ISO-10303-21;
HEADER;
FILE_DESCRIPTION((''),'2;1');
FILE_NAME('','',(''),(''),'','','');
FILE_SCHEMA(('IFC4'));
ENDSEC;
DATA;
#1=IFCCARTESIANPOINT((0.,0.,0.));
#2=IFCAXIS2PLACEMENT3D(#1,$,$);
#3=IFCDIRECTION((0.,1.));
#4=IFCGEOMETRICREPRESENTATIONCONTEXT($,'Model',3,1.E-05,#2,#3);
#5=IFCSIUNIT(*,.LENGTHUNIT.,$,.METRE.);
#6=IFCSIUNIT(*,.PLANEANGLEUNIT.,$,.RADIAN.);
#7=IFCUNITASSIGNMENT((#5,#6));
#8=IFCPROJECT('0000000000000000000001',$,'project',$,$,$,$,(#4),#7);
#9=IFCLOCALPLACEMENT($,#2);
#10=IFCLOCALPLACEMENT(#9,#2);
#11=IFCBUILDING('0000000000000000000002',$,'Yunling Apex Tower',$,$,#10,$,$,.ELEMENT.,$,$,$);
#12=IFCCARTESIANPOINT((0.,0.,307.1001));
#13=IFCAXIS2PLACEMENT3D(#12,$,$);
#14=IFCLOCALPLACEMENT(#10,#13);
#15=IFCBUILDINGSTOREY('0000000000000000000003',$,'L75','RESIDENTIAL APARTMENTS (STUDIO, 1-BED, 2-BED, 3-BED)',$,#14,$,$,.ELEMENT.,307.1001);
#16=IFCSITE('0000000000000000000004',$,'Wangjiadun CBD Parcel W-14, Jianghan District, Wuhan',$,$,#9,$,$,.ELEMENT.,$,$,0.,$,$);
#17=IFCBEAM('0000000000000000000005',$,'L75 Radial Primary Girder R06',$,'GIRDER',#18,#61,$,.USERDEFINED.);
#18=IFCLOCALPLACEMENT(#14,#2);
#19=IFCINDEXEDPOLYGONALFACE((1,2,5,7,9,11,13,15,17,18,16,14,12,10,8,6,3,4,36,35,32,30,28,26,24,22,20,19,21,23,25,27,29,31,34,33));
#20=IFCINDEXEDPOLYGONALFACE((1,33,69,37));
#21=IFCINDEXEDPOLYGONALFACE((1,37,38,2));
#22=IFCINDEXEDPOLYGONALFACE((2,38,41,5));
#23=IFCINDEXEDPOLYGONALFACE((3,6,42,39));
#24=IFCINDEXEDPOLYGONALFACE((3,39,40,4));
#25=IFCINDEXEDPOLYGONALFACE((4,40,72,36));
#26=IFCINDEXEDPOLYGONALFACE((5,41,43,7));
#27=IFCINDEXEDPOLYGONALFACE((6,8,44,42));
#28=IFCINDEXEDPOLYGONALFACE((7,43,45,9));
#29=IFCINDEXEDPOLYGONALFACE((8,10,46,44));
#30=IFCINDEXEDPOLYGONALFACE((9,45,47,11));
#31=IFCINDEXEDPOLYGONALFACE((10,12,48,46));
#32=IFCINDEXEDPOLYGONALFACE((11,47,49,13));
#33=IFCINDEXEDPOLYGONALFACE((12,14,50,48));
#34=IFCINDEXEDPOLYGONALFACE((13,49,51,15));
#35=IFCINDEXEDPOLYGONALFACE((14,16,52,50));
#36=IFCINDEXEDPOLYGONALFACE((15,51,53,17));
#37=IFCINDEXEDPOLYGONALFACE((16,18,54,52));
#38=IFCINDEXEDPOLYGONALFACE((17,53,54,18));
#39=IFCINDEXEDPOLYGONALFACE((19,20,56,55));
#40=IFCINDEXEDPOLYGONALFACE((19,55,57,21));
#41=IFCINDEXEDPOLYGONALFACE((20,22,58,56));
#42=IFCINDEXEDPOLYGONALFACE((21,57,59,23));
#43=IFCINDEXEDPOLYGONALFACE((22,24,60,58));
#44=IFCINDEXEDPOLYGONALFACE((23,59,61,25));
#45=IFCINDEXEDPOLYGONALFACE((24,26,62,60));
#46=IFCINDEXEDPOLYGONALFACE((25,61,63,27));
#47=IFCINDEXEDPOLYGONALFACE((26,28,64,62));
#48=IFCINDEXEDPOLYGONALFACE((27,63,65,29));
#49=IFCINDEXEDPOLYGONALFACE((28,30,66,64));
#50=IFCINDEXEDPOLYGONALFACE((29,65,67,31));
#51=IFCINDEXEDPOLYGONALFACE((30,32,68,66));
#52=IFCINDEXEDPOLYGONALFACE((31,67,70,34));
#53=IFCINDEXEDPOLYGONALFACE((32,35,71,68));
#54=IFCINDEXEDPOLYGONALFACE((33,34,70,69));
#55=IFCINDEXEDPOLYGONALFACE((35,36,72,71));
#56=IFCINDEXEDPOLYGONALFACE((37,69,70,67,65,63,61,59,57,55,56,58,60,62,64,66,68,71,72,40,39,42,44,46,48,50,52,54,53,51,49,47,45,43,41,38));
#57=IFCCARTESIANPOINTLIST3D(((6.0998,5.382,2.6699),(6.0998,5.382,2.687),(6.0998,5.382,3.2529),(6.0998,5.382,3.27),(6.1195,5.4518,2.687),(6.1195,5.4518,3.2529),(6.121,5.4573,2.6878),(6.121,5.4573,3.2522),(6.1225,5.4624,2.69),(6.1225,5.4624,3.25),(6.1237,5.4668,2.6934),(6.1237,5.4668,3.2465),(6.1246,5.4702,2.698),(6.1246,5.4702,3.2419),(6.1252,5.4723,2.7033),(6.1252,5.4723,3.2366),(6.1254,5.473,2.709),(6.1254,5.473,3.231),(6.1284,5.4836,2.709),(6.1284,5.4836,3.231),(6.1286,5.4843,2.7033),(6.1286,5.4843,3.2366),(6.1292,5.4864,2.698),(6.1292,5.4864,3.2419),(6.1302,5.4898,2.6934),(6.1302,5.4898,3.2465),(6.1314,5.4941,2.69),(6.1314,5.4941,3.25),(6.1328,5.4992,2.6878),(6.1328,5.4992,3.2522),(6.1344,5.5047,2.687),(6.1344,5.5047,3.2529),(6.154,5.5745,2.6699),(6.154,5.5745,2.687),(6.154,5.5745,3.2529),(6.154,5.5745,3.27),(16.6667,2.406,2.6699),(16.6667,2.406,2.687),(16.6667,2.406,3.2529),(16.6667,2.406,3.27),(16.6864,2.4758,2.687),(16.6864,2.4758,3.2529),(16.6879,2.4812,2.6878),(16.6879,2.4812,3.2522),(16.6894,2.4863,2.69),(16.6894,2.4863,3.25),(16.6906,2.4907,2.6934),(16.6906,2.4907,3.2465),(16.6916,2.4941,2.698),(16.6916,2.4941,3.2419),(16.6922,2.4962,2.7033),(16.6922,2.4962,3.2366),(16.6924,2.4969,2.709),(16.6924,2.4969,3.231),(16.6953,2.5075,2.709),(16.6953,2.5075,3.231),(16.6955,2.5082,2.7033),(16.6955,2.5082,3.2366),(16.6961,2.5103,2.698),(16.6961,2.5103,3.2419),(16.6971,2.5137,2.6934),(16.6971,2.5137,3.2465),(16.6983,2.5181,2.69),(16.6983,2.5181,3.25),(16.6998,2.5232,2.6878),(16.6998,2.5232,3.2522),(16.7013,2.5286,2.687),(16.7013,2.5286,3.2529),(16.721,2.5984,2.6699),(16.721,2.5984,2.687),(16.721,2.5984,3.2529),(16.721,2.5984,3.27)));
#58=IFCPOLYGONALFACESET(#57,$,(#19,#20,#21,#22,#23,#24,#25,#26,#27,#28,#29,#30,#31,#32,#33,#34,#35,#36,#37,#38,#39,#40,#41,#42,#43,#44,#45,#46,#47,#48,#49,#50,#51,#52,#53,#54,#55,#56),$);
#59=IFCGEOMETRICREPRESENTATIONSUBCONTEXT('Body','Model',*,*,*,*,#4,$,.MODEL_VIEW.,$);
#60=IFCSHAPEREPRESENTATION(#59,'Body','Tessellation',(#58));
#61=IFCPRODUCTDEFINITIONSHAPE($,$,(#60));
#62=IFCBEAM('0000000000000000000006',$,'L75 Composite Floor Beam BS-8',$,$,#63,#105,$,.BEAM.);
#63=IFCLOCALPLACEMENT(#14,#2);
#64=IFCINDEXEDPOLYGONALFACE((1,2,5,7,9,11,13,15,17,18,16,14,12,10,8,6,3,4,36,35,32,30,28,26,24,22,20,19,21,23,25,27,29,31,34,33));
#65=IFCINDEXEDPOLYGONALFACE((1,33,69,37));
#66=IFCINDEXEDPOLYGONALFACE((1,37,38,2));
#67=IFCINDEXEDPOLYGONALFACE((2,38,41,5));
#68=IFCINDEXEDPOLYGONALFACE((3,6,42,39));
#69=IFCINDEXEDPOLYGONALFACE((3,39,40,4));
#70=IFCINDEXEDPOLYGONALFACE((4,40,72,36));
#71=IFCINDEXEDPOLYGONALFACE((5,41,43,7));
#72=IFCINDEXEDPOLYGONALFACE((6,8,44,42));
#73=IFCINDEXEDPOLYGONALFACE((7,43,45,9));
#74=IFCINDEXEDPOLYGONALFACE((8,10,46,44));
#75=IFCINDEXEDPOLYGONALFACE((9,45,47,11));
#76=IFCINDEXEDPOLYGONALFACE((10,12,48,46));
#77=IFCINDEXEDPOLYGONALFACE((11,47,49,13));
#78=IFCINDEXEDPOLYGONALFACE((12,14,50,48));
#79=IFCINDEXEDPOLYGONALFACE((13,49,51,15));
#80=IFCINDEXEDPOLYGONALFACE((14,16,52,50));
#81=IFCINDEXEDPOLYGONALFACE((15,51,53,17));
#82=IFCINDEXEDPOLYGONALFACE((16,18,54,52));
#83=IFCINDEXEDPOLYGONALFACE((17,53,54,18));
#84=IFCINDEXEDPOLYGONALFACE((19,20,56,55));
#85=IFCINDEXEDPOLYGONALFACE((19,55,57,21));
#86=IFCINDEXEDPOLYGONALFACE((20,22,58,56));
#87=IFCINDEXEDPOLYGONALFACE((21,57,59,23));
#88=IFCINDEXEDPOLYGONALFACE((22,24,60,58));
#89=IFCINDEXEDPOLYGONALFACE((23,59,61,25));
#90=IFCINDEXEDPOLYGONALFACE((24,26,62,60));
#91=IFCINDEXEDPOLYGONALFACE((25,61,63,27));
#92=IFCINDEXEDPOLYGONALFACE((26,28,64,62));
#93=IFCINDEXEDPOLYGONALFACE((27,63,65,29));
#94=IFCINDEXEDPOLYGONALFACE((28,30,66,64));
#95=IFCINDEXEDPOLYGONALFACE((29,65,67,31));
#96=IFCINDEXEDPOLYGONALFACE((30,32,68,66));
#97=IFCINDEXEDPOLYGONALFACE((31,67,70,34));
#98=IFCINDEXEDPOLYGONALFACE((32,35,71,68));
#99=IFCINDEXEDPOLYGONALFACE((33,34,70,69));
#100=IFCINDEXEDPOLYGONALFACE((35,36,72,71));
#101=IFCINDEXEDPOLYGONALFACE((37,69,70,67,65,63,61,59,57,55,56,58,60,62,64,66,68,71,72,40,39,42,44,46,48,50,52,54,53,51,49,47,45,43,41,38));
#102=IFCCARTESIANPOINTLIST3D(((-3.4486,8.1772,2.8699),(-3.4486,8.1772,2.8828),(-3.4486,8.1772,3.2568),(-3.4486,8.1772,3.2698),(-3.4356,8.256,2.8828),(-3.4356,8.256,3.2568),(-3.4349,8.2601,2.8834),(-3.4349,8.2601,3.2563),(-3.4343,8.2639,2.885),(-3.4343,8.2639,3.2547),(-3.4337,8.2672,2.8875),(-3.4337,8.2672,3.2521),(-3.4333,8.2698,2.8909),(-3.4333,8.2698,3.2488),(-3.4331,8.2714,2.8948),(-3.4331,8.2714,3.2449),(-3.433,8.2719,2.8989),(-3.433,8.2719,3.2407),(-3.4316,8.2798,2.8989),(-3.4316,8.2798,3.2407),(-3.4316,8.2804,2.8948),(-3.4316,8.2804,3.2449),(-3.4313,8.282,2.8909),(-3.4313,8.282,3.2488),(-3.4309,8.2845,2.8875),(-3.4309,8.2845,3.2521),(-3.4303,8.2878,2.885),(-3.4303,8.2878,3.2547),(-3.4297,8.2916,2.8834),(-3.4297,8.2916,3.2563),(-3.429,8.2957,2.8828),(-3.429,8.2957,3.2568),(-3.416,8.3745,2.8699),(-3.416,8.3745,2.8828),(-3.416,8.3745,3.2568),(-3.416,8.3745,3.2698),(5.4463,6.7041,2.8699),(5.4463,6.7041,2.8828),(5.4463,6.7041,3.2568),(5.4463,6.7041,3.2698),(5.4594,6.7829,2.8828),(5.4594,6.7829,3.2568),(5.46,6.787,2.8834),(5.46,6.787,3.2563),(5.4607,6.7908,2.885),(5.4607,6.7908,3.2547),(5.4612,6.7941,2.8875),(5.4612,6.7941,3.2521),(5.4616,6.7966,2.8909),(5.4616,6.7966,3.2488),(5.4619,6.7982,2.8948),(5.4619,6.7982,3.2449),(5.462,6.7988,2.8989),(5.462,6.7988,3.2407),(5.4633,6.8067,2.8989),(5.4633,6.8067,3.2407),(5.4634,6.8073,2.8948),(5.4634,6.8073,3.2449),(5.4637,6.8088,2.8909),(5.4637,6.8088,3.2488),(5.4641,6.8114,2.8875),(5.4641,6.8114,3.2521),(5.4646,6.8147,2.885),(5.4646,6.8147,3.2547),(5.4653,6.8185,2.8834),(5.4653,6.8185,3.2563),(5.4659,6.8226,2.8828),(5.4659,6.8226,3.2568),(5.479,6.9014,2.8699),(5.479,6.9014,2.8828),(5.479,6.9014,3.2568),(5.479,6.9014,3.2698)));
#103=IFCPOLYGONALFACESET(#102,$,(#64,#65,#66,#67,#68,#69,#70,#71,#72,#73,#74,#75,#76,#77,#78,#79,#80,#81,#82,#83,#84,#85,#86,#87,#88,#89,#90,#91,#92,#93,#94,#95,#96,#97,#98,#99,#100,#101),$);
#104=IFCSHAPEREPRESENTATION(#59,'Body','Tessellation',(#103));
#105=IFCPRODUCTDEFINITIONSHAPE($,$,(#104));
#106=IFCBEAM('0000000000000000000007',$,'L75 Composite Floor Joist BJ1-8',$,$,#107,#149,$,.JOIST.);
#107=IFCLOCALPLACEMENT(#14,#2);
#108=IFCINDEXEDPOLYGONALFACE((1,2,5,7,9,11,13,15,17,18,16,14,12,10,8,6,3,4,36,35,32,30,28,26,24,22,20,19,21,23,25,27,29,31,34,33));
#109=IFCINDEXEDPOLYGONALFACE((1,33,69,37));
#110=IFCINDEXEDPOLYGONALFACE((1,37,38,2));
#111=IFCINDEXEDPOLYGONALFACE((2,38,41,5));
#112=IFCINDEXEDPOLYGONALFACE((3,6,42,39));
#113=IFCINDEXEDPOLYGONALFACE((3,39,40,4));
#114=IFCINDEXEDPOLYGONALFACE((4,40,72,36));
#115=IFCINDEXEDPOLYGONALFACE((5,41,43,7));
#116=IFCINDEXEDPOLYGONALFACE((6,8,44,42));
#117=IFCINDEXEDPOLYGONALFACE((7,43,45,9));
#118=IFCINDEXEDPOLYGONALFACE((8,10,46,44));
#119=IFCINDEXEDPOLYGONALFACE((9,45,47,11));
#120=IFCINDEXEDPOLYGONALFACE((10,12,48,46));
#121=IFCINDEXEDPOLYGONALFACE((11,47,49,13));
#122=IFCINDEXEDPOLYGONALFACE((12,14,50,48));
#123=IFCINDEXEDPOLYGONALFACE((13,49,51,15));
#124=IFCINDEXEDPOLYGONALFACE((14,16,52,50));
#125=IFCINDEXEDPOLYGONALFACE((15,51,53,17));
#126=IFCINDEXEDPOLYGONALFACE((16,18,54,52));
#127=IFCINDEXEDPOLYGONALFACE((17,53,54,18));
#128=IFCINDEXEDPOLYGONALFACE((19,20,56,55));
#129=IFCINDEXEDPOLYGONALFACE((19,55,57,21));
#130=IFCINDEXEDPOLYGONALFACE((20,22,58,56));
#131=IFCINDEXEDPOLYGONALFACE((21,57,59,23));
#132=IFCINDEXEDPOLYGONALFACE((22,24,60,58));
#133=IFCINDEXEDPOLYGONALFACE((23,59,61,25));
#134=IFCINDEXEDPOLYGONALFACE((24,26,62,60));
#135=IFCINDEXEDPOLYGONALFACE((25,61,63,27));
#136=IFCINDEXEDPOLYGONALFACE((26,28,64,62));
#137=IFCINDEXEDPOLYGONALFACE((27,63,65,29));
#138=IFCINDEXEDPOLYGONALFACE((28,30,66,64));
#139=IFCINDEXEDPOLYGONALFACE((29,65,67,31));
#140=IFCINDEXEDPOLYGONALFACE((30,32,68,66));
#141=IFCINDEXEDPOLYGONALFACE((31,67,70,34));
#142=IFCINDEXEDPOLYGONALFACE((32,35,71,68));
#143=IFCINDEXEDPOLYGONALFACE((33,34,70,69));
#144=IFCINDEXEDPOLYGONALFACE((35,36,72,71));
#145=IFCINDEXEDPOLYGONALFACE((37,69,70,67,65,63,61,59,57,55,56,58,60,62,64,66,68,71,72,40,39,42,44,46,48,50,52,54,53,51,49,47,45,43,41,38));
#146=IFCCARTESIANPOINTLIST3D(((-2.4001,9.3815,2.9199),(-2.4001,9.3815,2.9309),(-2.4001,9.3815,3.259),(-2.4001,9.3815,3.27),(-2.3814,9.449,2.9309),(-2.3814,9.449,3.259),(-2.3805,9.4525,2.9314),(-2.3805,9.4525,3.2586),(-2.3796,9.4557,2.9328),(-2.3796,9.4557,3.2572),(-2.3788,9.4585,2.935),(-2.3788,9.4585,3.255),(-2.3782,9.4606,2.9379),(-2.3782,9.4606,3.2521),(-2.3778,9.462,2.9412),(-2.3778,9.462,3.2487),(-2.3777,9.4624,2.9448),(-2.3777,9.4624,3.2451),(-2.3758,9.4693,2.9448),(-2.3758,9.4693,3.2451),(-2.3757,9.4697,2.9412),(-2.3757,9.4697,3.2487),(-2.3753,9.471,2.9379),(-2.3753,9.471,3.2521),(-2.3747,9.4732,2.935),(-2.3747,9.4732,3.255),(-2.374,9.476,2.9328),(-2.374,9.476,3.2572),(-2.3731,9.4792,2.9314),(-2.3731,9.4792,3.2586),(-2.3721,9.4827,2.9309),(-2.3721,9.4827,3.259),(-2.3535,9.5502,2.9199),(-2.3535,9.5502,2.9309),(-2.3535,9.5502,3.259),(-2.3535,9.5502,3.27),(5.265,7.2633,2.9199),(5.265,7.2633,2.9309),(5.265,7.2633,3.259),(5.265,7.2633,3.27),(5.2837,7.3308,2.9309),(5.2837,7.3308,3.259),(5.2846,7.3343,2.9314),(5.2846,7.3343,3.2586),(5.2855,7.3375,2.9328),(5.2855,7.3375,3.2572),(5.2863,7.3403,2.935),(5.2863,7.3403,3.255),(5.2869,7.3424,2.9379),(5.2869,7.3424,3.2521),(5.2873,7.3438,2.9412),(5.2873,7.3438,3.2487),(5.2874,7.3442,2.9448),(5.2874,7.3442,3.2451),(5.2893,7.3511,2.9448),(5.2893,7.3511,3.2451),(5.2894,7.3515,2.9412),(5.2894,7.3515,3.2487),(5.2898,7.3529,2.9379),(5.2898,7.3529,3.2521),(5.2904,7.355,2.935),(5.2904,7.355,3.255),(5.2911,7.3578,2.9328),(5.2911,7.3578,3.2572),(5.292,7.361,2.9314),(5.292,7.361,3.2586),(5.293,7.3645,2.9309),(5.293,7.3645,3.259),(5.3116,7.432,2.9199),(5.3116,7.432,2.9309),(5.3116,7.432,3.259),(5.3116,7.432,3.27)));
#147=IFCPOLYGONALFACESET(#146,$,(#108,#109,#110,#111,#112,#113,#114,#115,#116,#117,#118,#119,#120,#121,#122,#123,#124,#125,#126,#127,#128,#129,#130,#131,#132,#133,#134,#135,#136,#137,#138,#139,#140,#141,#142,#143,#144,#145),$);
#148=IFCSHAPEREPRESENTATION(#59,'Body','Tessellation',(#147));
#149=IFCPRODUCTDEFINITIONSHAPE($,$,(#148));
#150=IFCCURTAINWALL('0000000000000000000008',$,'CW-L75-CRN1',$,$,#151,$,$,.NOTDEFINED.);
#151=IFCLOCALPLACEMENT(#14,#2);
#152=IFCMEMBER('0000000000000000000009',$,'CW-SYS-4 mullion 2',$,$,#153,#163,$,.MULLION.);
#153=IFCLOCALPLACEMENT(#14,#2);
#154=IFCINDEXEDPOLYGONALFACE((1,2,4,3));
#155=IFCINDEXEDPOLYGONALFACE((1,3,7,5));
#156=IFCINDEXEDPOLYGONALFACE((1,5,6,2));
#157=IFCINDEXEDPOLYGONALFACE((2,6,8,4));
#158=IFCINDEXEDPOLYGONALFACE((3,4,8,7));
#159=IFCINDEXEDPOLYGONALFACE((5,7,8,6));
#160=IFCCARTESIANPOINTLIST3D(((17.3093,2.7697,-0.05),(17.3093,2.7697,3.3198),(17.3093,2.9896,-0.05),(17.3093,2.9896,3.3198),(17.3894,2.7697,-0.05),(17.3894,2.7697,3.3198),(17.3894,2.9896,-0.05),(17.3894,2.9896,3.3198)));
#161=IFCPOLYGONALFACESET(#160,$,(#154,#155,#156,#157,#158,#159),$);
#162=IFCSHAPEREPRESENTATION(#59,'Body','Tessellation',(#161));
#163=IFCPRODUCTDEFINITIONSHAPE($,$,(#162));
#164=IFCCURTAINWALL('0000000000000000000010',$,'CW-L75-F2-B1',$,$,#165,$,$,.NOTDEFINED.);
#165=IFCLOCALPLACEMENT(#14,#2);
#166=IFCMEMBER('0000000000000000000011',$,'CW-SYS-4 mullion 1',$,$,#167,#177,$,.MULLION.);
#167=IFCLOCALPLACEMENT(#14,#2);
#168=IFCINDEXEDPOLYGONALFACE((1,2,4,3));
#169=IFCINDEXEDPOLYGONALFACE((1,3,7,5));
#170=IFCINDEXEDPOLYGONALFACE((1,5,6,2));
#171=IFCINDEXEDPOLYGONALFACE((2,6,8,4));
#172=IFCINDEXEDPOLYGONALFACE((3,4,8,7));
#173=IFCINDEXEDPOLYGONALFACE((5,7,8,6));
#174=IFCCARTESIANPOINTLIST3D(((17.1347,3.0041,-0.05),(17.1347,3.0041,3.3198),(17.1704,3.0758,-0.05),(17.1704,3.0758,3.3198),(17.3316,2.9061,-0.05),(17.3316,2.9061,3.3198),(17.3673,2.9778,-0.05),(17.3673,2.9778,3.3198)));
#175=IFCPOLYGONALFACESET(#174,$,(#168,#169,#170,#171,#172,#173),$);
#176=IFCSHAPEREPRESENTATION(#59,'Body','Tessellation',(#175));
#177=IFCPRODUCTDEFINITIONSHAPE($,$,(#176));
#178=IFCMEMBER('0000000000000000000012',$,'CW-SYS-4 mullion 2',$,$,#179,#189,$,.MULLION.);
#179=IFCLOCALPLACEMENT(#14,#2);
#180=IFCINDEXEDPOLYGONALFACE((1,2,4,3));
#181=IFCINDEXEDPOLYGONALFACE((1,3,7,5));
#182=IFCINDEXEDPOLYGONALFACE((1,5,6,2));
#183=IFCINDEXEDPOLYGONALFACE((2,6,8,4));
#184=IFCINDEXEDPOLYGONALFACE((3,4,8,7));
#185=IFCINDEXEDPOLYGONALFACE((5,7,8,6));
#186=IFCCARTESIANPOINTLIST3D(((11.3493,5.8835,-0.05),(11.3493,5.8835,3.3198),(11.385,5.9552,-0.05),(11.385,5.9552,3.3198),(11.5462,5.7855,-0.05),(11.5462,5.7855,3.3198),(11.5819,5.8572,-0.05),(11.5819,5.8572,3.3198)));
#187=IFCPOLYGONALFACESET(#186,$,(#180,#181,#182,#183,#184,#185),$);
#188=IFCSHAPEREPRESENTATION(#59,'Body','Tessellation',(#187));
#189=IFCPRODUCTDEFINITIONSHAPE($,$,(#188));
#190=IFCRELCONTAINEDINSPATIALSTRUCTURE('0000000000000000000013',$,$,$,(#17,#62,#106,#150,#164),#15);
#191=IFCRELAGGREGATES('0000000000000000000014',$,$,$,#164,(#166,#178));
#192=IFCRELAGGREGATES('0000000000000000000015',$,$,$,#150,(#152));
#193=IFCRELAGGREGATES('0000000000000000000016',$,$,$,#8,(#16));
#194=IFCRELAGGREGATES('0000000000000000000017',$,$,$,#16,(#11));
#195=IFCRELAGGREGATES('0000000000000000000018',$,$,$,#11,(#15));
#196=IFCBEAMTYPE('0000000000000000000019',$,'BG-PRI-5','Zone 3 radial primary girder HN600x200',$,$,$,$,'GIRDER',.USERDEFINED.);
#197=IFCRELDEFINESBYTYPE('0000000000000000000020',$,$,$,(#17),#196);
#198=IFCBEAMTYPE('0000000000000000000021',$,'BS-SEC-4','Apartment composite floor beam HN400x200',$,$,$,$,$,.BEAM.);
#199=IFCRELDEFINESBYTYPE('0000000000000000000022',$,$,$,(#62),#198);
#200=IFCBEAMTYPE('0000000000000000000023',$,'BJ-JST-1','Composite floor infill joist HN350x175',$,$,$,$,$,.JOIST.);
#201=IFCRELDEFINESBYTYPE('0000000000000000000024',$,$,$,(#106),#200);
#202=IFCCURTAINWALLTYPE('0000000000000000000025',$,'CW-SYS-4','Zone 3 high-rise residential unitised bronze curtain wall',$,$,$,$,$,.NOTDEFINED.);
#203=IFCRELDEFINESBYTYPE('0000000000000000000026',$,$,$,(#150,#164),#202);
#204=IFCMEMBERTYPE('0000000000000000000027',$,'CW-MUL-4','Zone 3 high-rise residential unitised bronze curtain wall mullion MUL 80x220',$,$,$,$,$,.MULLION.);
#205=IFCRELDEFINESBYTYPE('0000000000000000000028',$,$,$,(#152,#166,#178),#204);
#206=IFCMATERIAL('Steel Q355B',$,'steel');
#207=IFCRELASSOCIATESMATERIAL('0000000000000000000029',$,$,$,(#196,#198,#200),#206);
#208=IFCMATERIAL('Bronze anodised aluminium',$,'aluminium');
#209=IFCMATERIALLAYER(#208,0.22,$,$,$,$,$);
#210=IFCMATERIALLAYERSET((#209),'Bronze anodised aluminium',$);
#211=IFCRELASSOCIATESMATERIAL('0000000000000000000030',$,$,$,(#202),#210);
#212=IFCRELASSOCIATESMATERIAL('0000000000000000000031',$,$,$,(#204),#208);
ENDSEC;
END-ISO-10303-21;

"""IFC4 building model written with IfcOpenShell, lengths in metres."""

from ifc_helpers import new_model, si_unit, direction, frame, origin, origin_2d, place, context, subcontext, project, spatial, rectangle, i_section, extrude, source, transform, mapped, material, layer, layer_set, material_profile, profile_set, type_object, element, aggregate, save


model = new_model("IFC4")

# Units and contexts
model_context = context("Model", 3, precision=1e-05, world=origin(), true_north=direction((0.0, 1.0)))
body_context = subcontext(model_context, "Body", "Model", "MODEL_VIEW")
ifc_project = project(units=[si_unit("LENGTHUNIT", "METRE"), si_unit("PLANEANGLEUNIT", "RADIAN")], contexts=[model_context])

# Site, building, storey
site_placement = place(None, origin())
site = spatial("IfcSite", under=ifc_project, at=site_placement, Name="Wangjiadun CBD Parcel W-14, Jianghan District, Wuhan", CompositionType="ELEMENT", RefElevation=0.0)
building_placement = place(site_placement, origin())
building = spatial("IfcBuilding", under=site, at=building_placement, Name="Yunling Apex Tower", CompositionType="ELEMENT")
storey_placement = place(building_placement, frame((0.0, 0.0, 307.1001)))
storey = spatial("IfcBuildingStorey", under=building, at=storey_placement, Name="L75", Description="RESIDENTIAL APARTMENTS (STUDIO, 1-BED, 2-BED, 3-BED)", CompositionType="ELEMENT", Elevation=307.1001)

# Shared definitions
ifc_material_1 = material(Name="Steel Q355B", Category="steel")

# Beams
ifc_material_profile_1 = material_profile(ifc_material_1, i_section(OverallWidth=0.2, OverallDepth=0.6001, WebThickness=0.011, FlangeThickness=0.0171, FilletRadius=0.022, at=origin_2d()))
ifc_profile_set_1 = profile_set([ifc_material_profile_1], Name="Steel Q355B")
beam_type_1 = type_object("IfcBeamType", Name="BG-PRI-5", Description="Zone 3 radial primary girder HN600x200", ElementType="GIRDER", PredefinedType="USERDEFINED", material=ifc_profile_set_1)
shared_shape_1 = source(origin(), body_context, "Body", "SweptSolid", [
    extrude(i_section(OverallWidth=0.2, OverallDepth=0.6001, WebThickness=0.011, FlangeThickness=0.0171, FilletRadius=0.022, at=origin_2d()), origin(), (0.0, 0.0, 1.0), 10.978),
])
beam_1_placement = place(storey_placement, frame((16.6938, 2.5022, 2.97), z_axis=(-0.962553, 0.271095, 0.0), x_axis=(-0.271095, -0.962553, 0.0)))
element("IfcBeam", 1, at=beam_1_placement, inside=storey, type_object=beam_type_1, Name="L75 Radial Primary Girder R06", ObjectType="GIRDER", PredefinedType="USERDEFINED", context=body_context, shape_type="MappedRepresentation", body=[
    mapped(shared_shape_1, transform((0.0, 0.0, 0.0), scale=1.0)),
])
ifc_material_profile_2 = material_profile(ifc_material_1, i_section(OverallWidth=0.2, OverallDepth=0.3999, WebThickness=0.0081, FlangeThickness=0.0129, FilletRadius=0.0161, at=origin_2d()))
ifc_profile_set_2 = profile_set([ifc_material_profile_2], Name="Steel Q355B")
beam_type_2 = type_object("IfcBeamType", Name="BS-SEC-4", Description="Apartment composite floor beam HN400x200", PredefinedType="BEAM", material=ifc_profile_set_2)
shared_shape_2 = source(origin(), body_context, "Body", "SweptSolid", [
    extrude(i_section(OverallWidth=0.2, OverallDepth=0.3999, WebThickness=0.0081, FlangeThickness=0.0129, FilletRadius=0.0161, at=origin_2d()), origin(), (0.0, 0.0, 1.0), 9.0161),
])
beam_2_placement = place(storey_placement, frame((5.4626, 6.8027, 3.0698), z_axis=(-0.986562, 0.163389, 0.0), x_axis=(-0.163389, -0.986562, 0.0)))
element("IfcBeam", 2, at=beam_2_placement, inside=storey, type_object=beam_type_2, Name="L75 Composite Floor Beam BS-8", PredefinedType="BEAM", context=body_context, shape_type="MappedRepresentation", body=[
    mapped(shared_shape_2, transform((0.0, 0.0, 0.0), scale=1.0)),
])
ifc_material_profile_3 = material_profile(ifc_material_1, i_section(OverallWidth=0.175, OverallDepth=0.3501, WebThickness=0.0071, FlangeThickness=0.011, FilletRadius=0.0139, at=origin_2d()))
ifc_profile_set_3 = profile_set([ifc_material_profile_3], Name="Steel Q355B")
beam_type_3 = type_object("IfcBeamType", Name="BJ-JST-1", Description="Composite floor infill joist HN350x175", PredefinedType="JOIST", material=ifc_profile_set_3)
shared_shape_3 = source(origin(), body_context, "Body", "SweptSolid", [
    extrude(i_section(OverallWidth=0.175, OverallDepth=0.3501, WebThickness=0.0071, FlangeThickness=0.011, FilletRadius=0.0139, at=origin_2d()), origin(), (0.0, 0.0, 1.0), 7.9524),
])
beam_3_placement = place(storey_placement, frame((5.2883, 7.3477, 3.095), z_axis=(-0.963874, 0.266358, 0.0), x_axis=(-0.266358, -0.963874, 0.0)))
element("IfcBeam", 3, at=beam_3_placement, inside=storey, type_object=beam_type_3, Name="L75 Composite Floor Joist BJ1-8", PredefinedType="JOIST", context=body_context, shape_type="MappedRepresentation", body=[
    mapped(shared_shape_3, transform((0.0, 0.0, 0.0), scale=1.0)),
])

# Curtain wall, member
ifc_material_2 = material(Name="Bronze anodised aluminium", Category="aluminium")
ifc_layer_1 = layer(ifc_material_2, 0.22)
ifc_layer_set_1 = layer_set([ifc_layer_1], Name="Bronze anodised aluminium")
curtain_wall_type = type_object("IfcCurtainWallType", Name="CW-SYS-4", Description="Zone 3 high-rise residential unitised bronze curtain wall", PredefinedType="NOTDEFINED", material=ifc_layer_set_1)
curtain_wall_1_placement = place(storey_placement, origin())
curtain_wall_1 = element("IfcCurtainWall", 4, at=curtain_wall_1_placement, inside=storey, type_object=curtain_wall_type, Name="CW-L75-CRN1", PredefinedType="NOTDEFINED")
ifc_material_profile_4 = material_profile(ifc_material_2, rectangle(XDim=0.0801, YDim=0.22, at=origin_2d()))
ifc_profile_set_4 = profile_set([ifc_material_profile_4], Name="Bronze anodised aluminium")
member_type_1 = type_object("IfcMemberType", Name="CW-MUL-4", Description="Zone 3 high-rise residential unitised bronze curtain wall mullion MUL 80x220", PredefinedType="MULLION", material=ifc_profile_set_4)
shared_shape_4 = source(origin(), body_context, "Body", "SweptSolid", [
    extrude(rectangle(XDim=0.0801, YDim=0.22, at=origin_2d()), origin(), (0.0, 0.0, 1.0), 3.3699),
])
member_1_placement = place(storey_placement, frame((17.3494, 2.8796, -0.05), z_axis=(0.0, 0.0, 1.0), x_axis=(-1.0, 0.0, 0.0)))
member_1 = element("IfcMember", 5, at=member_1_placement, type_object=member_type_1, Name="CW-SYS-4 mullion 2", PredefinedType="MULLION", context=body_context, shape_type="MappedRepresentation", body=[
    mapped(shared_shape_4, transform((0.0, 0.0, 0.0), scale=1.0)),
])

# Curtain wall, members
curtain_wall_2_placement = place(storey_placement, origin())
curtain_wall_2 = element("IfcCurtainWall", 6, at=curtain_wall_2_placement, inside=storey, type_object=curtain_wall_type, Name="CW-L75-F2-B1", PredefinedType="NOTDEFINED")
member_2_placement = place(storey_placement, frame((17.251, 2.991, -0.05), z_axis=(0.0, 0.0, 1.0), x_axis=(-0.445568, -0.895248, 0.0)))
member_2 = element("IfcMember", 7, at=member_2_placement, type_object=member_type_1, Name="CW-SYS-4 mullion 1", PredefinedType="MULLION", context=body_context, shape_type="MappedRepresentation", body=[
    mapped(shared_shape_4, transform((0.0, 0.0, 0.0), scale=1.0)),
])
member_3_placement = place(storey_placement, frame((11.4656, 5.8704, -0.05), z_axis=(0.0, 0.0, 1.0), x_axis=(-0.445568, -0.895248, 0.0)))
member_3 = element("IfcMember", 8, at=member_3_placement, type_object=member_type_1, Name="CW-SYS-4 mullion 2", PredefinedType="MULLION", context=body_context, shape_type="MappedRepresentation", body=[
    mapped(shared_shape_4, transform((0.0, 0.0, 0.0), scale=1.0)),
])

aggregate(curtain_wall_2, [member_2, member_3])
aggregate(curtain_wall_1, [member_1])

save(model, "model.ifc")
